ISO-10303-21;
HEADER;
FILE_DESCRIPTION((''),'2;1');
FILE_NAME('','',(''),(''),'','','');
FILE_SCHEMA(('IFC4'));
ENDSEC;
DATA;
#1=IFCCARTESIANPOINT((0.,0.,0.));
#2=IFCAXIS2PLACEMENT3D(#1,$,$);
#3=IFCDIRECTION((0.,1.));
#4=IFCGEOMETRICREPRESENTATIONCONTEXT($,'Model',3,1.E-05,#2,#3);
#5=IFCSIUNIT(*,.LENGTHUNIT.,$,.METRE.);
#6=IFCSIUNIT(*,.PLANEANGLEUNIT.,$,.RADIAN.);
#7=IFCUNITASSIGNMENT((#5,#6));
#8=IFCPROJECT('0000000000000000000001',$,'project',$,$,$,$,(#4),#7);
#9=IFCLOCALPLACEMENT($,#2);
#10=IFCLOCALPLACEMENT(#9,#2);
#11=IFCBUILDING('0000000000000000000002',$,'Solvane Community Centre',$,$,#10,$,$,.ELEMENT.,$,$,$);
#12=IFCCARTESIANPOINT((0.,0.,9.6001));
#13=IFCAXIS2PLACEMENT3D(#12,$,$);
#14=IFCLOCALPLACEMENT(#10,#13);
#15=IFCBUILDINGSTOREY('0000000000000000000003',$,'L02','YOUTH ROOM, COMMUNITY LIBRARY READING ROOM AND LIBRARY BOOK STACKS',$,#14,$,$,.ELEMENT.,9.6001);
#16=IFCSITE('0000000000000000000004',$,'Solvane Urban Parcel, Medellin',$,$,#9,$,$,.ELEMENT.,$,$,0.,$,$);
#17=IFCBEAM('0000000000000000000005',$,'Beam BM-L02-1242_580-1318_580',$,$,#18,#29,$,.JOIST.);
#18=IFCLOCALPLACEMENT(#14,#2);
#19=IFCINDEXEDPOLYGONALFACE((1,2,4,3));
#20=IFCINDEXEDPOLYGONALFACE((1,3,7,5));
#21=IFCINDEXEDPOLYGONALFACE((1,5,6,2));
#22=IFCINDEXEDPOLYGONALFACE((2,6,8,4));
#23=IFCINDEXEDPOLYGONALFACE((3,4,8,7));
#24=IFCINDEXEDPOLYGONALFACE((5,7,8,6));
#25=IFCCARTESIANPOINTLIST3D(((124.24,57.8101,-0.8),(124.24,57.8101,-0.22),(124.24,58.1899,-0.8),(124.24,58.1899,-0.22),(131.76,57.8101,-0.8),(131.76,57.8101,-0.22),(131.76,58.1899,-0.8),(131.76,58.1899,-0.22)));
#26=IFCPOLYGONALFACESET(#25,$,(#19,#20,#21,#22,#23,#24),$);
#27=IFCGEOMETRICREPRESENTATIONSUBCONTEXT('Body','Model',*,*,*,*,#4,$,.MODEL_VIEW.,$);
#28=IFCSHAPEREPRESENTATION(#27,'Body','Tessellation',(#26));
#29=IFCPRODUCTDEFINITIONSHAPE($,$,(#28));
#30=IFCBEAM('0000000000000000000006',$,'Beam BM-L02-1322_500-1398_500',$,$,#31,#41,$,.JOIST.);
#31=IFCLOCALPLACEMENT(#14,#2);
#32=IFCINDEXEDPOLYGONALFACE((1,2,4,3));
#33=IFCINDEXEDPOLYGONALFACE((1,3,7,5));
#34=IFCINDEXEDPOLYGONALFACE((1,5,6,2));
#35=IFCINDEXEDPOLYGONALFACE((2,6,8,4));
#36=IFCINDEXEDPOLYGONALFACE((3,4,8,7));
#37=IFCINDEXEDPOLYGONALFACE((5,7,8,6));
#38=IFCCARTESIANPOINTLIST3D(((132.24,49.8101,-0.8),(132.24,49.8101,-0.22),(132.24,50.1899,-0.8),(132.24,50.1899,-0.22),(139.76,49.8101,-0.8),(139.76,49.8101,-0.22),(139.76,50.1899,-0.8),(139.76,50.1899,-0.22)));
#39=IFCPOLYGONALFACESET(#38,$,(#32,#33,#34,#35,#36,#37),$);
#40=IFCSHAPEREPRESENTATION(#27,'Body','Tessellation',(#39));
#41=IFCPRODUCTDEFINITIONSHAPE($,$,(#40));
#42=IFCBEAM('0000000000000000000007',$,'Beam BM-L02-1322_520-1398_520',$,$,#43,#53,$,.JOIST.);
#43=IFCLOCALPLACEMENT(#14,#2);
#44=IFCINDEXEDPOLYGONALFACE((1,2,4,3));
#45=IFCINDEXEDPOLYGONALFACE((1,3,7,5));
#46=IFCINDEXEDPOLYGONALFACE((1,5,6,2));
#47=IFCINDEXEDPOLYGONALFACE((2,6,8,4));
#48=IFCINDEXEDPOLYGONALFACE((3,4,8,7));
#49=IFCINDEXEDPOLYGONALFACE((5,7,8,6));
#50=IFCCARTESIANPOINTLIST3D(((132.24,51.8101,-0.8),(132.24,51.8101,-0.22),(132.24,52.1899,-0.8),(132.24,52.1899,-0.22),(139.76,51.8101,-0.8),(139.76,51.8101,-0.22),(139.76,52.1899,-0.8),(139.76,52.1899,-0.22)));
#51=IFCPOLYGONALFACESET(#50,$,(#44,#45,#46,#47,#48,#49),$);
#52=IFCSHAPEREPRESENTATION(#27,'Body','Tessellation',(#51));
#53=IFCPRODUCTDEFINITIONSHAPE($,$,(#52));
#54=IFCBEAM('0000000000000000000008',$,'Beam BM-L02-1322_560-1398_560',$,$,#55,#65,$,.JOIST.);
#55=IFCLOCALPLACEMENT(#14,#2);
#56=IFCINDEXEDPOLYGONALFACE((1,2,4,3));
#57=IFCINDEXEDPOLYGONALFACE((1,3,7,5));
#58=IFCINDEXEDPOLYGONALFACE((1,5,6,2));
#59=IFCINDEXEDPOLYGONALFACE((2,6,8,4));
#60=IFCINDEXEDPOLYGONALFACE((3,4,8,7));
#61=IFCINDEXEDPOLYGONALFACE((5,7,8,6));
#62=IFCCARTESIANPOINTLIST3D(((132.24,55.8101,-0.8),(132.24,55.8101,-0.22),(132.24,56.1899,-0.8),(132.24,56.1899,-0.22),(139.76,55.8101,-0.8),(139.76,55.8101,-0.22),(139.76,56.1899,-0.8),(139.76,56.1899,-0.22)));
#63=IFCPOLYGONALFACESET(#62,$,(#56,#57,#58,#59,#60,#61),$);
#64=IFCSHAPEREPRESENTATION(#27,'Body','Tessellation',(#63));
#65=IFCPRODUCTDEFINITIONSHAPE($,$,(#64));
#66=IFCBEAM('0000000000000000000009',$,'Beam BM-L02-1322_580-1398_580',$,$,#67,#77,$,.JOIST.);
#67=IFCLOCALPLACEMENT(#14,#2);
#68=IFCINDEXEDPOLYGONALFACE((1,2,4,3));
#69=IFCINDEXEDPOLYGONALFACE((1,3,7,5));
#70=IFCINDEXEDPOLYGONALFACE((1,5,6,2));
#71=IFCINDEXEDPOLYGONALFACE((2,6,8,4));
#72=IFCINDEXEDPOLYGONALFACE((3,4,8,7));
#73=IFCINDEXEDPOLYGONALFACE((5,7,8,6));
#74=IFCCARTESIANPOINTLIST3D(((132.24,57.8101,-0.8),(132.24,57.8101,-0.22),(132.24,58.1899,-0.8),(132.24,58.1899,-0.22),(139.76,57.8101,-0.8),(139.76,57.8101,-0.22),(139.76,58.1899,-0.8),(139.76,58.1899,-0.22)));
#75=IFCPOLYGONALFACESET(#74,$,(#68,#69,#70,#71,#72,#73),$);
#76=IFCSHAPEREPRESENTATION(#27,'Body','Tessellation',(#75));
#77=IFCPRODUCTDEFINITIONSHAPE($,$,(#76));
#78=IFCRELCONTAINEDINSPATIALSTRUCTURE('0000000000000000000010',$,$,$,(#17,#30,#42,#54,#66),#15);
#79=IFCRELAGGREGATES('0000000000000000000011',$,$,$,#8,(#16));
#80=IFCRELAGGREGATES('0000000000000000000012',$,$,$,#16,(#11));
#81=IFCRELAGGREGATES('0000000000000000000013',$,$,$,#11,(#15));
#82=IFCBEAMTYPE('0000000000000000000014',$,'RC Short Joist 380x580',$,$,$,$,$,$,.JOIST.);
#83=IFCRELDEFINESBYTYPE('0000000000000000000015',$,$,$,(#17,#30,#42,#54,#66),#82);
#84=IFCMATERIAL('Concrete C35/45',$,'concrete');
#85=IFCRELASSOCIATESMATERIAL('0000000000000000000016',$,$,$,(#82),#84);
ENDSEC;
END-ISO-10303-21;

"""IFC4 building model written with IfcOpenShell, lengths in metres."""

from ifc_helpers import new_model, si_unit, direction, frame, origin, origin_2d, place, context, subcontext, project, spatial, rectangle, extrude, material, material_profile, profile_set, type_object, element, save


model = new_model("IFC4")

# Units and contexts
model_context = context("Model", 3, precision=1e-05, world=origin(), true_north=direction((0.0, 1.0)))
body_context = subcontext(model_context, "Body", "Model", "MODEL_VIEW")
ifc_project = project(units=[si_unit("LENGTHUNIT", "METRE"), si_unit("PLANEANGLEUNIT", "RADIAN")], contexts=[model_context])

# Site, building, storey
site_placement = place(None, origin())
site = spatial("IfcSite", under=ifc_project, at=site_placement, Name="Solvane Urban Parcel, Medellin", CompositionType="ELEMENT", RefElevation=0.0)
building_placement = place(site_placement, origin())
building = spatial("IfcBuilding", under=site, at=building_placement, Name="Solvane Community Centre", CompositionType="ELEMENT")
storey_placement = place(building_placement, frame((0.0, 0.0, 9.6001)))
storey = spatial("IfcBuildingStorey", under=building, at=storey_placement, Name="L02", Description="YOUTH ROOM, COMMUNITY LIBRARY READING ROOM AND LIBRARY BOOK STACKS", CompositionType="ELEMENT", Elevation=9.6001)

# Beams
ifc_material_1 = material(Name="Concrete C35/45", Category="concrete")
ifc_material_profile_1 = material_profile(ifc_material_1, rectangle(XDim=0.3799, YDim=0.5801, at=origin_2d()), Name="RC 380x580")
ifc_profile_set_1 = profile_set([ifc_material_profile_1], Name="Concrete C35/45")
beam_type_1 = type_object("IfcBeamType", Name="RC Short Joist 380x580", PredefinedType="JOIST", material=ifc_profile_set_1)
for number, where, z_axis, x_axis, name in (
    (1, (124.24, 58.0, -0.51), (1.0, 0.0, 0.0), (0.0, 1.0, 0.0), "Beam BM-L02-1242_580-1318_580"),
    (2, (132.24, 50.0, -0.51), (1.0, 0.0, 0.0), (0.0, 1.0, 0.0), "Beam BM-L02-1322_500-1398_500"),
    (3, (132.24, 52.0, -0.51), (1.0, 0.0, 0.0), (0.0, 1.0, 0.0), "Beam BM-L02-1322_520-1398_520"),
    (4, (132.24, 56.0, -0.51), (1.0, 0.0, 0.0), (0.0, 1.0, 0.0), "Beam BM-L02-1322_560-1398_560"),
    (5, (132.24, 58.0, -0.51), (1.0, 0.0, 0.0), (0.0, 1.0, 0.0), "Beam BM-L02-1322_580-1398_580"),
):
    element("IfcBeam", number, at=place(storey_placement, frame(where, z_axis=z_axis, x_axis=x_axis)), inside=storey, type_object=beam_type_1, Name=name, PredefinedType="JOIST", context=body_context, shape_type="SweptSolid", body=[
        extrude(rectangle(XDim=0.3799, YDim=0.5801, at=origin_2d()), origin(), (0.0, 0.0, 1.0), 7.52),
    ])

save(model, "model.ifc")
